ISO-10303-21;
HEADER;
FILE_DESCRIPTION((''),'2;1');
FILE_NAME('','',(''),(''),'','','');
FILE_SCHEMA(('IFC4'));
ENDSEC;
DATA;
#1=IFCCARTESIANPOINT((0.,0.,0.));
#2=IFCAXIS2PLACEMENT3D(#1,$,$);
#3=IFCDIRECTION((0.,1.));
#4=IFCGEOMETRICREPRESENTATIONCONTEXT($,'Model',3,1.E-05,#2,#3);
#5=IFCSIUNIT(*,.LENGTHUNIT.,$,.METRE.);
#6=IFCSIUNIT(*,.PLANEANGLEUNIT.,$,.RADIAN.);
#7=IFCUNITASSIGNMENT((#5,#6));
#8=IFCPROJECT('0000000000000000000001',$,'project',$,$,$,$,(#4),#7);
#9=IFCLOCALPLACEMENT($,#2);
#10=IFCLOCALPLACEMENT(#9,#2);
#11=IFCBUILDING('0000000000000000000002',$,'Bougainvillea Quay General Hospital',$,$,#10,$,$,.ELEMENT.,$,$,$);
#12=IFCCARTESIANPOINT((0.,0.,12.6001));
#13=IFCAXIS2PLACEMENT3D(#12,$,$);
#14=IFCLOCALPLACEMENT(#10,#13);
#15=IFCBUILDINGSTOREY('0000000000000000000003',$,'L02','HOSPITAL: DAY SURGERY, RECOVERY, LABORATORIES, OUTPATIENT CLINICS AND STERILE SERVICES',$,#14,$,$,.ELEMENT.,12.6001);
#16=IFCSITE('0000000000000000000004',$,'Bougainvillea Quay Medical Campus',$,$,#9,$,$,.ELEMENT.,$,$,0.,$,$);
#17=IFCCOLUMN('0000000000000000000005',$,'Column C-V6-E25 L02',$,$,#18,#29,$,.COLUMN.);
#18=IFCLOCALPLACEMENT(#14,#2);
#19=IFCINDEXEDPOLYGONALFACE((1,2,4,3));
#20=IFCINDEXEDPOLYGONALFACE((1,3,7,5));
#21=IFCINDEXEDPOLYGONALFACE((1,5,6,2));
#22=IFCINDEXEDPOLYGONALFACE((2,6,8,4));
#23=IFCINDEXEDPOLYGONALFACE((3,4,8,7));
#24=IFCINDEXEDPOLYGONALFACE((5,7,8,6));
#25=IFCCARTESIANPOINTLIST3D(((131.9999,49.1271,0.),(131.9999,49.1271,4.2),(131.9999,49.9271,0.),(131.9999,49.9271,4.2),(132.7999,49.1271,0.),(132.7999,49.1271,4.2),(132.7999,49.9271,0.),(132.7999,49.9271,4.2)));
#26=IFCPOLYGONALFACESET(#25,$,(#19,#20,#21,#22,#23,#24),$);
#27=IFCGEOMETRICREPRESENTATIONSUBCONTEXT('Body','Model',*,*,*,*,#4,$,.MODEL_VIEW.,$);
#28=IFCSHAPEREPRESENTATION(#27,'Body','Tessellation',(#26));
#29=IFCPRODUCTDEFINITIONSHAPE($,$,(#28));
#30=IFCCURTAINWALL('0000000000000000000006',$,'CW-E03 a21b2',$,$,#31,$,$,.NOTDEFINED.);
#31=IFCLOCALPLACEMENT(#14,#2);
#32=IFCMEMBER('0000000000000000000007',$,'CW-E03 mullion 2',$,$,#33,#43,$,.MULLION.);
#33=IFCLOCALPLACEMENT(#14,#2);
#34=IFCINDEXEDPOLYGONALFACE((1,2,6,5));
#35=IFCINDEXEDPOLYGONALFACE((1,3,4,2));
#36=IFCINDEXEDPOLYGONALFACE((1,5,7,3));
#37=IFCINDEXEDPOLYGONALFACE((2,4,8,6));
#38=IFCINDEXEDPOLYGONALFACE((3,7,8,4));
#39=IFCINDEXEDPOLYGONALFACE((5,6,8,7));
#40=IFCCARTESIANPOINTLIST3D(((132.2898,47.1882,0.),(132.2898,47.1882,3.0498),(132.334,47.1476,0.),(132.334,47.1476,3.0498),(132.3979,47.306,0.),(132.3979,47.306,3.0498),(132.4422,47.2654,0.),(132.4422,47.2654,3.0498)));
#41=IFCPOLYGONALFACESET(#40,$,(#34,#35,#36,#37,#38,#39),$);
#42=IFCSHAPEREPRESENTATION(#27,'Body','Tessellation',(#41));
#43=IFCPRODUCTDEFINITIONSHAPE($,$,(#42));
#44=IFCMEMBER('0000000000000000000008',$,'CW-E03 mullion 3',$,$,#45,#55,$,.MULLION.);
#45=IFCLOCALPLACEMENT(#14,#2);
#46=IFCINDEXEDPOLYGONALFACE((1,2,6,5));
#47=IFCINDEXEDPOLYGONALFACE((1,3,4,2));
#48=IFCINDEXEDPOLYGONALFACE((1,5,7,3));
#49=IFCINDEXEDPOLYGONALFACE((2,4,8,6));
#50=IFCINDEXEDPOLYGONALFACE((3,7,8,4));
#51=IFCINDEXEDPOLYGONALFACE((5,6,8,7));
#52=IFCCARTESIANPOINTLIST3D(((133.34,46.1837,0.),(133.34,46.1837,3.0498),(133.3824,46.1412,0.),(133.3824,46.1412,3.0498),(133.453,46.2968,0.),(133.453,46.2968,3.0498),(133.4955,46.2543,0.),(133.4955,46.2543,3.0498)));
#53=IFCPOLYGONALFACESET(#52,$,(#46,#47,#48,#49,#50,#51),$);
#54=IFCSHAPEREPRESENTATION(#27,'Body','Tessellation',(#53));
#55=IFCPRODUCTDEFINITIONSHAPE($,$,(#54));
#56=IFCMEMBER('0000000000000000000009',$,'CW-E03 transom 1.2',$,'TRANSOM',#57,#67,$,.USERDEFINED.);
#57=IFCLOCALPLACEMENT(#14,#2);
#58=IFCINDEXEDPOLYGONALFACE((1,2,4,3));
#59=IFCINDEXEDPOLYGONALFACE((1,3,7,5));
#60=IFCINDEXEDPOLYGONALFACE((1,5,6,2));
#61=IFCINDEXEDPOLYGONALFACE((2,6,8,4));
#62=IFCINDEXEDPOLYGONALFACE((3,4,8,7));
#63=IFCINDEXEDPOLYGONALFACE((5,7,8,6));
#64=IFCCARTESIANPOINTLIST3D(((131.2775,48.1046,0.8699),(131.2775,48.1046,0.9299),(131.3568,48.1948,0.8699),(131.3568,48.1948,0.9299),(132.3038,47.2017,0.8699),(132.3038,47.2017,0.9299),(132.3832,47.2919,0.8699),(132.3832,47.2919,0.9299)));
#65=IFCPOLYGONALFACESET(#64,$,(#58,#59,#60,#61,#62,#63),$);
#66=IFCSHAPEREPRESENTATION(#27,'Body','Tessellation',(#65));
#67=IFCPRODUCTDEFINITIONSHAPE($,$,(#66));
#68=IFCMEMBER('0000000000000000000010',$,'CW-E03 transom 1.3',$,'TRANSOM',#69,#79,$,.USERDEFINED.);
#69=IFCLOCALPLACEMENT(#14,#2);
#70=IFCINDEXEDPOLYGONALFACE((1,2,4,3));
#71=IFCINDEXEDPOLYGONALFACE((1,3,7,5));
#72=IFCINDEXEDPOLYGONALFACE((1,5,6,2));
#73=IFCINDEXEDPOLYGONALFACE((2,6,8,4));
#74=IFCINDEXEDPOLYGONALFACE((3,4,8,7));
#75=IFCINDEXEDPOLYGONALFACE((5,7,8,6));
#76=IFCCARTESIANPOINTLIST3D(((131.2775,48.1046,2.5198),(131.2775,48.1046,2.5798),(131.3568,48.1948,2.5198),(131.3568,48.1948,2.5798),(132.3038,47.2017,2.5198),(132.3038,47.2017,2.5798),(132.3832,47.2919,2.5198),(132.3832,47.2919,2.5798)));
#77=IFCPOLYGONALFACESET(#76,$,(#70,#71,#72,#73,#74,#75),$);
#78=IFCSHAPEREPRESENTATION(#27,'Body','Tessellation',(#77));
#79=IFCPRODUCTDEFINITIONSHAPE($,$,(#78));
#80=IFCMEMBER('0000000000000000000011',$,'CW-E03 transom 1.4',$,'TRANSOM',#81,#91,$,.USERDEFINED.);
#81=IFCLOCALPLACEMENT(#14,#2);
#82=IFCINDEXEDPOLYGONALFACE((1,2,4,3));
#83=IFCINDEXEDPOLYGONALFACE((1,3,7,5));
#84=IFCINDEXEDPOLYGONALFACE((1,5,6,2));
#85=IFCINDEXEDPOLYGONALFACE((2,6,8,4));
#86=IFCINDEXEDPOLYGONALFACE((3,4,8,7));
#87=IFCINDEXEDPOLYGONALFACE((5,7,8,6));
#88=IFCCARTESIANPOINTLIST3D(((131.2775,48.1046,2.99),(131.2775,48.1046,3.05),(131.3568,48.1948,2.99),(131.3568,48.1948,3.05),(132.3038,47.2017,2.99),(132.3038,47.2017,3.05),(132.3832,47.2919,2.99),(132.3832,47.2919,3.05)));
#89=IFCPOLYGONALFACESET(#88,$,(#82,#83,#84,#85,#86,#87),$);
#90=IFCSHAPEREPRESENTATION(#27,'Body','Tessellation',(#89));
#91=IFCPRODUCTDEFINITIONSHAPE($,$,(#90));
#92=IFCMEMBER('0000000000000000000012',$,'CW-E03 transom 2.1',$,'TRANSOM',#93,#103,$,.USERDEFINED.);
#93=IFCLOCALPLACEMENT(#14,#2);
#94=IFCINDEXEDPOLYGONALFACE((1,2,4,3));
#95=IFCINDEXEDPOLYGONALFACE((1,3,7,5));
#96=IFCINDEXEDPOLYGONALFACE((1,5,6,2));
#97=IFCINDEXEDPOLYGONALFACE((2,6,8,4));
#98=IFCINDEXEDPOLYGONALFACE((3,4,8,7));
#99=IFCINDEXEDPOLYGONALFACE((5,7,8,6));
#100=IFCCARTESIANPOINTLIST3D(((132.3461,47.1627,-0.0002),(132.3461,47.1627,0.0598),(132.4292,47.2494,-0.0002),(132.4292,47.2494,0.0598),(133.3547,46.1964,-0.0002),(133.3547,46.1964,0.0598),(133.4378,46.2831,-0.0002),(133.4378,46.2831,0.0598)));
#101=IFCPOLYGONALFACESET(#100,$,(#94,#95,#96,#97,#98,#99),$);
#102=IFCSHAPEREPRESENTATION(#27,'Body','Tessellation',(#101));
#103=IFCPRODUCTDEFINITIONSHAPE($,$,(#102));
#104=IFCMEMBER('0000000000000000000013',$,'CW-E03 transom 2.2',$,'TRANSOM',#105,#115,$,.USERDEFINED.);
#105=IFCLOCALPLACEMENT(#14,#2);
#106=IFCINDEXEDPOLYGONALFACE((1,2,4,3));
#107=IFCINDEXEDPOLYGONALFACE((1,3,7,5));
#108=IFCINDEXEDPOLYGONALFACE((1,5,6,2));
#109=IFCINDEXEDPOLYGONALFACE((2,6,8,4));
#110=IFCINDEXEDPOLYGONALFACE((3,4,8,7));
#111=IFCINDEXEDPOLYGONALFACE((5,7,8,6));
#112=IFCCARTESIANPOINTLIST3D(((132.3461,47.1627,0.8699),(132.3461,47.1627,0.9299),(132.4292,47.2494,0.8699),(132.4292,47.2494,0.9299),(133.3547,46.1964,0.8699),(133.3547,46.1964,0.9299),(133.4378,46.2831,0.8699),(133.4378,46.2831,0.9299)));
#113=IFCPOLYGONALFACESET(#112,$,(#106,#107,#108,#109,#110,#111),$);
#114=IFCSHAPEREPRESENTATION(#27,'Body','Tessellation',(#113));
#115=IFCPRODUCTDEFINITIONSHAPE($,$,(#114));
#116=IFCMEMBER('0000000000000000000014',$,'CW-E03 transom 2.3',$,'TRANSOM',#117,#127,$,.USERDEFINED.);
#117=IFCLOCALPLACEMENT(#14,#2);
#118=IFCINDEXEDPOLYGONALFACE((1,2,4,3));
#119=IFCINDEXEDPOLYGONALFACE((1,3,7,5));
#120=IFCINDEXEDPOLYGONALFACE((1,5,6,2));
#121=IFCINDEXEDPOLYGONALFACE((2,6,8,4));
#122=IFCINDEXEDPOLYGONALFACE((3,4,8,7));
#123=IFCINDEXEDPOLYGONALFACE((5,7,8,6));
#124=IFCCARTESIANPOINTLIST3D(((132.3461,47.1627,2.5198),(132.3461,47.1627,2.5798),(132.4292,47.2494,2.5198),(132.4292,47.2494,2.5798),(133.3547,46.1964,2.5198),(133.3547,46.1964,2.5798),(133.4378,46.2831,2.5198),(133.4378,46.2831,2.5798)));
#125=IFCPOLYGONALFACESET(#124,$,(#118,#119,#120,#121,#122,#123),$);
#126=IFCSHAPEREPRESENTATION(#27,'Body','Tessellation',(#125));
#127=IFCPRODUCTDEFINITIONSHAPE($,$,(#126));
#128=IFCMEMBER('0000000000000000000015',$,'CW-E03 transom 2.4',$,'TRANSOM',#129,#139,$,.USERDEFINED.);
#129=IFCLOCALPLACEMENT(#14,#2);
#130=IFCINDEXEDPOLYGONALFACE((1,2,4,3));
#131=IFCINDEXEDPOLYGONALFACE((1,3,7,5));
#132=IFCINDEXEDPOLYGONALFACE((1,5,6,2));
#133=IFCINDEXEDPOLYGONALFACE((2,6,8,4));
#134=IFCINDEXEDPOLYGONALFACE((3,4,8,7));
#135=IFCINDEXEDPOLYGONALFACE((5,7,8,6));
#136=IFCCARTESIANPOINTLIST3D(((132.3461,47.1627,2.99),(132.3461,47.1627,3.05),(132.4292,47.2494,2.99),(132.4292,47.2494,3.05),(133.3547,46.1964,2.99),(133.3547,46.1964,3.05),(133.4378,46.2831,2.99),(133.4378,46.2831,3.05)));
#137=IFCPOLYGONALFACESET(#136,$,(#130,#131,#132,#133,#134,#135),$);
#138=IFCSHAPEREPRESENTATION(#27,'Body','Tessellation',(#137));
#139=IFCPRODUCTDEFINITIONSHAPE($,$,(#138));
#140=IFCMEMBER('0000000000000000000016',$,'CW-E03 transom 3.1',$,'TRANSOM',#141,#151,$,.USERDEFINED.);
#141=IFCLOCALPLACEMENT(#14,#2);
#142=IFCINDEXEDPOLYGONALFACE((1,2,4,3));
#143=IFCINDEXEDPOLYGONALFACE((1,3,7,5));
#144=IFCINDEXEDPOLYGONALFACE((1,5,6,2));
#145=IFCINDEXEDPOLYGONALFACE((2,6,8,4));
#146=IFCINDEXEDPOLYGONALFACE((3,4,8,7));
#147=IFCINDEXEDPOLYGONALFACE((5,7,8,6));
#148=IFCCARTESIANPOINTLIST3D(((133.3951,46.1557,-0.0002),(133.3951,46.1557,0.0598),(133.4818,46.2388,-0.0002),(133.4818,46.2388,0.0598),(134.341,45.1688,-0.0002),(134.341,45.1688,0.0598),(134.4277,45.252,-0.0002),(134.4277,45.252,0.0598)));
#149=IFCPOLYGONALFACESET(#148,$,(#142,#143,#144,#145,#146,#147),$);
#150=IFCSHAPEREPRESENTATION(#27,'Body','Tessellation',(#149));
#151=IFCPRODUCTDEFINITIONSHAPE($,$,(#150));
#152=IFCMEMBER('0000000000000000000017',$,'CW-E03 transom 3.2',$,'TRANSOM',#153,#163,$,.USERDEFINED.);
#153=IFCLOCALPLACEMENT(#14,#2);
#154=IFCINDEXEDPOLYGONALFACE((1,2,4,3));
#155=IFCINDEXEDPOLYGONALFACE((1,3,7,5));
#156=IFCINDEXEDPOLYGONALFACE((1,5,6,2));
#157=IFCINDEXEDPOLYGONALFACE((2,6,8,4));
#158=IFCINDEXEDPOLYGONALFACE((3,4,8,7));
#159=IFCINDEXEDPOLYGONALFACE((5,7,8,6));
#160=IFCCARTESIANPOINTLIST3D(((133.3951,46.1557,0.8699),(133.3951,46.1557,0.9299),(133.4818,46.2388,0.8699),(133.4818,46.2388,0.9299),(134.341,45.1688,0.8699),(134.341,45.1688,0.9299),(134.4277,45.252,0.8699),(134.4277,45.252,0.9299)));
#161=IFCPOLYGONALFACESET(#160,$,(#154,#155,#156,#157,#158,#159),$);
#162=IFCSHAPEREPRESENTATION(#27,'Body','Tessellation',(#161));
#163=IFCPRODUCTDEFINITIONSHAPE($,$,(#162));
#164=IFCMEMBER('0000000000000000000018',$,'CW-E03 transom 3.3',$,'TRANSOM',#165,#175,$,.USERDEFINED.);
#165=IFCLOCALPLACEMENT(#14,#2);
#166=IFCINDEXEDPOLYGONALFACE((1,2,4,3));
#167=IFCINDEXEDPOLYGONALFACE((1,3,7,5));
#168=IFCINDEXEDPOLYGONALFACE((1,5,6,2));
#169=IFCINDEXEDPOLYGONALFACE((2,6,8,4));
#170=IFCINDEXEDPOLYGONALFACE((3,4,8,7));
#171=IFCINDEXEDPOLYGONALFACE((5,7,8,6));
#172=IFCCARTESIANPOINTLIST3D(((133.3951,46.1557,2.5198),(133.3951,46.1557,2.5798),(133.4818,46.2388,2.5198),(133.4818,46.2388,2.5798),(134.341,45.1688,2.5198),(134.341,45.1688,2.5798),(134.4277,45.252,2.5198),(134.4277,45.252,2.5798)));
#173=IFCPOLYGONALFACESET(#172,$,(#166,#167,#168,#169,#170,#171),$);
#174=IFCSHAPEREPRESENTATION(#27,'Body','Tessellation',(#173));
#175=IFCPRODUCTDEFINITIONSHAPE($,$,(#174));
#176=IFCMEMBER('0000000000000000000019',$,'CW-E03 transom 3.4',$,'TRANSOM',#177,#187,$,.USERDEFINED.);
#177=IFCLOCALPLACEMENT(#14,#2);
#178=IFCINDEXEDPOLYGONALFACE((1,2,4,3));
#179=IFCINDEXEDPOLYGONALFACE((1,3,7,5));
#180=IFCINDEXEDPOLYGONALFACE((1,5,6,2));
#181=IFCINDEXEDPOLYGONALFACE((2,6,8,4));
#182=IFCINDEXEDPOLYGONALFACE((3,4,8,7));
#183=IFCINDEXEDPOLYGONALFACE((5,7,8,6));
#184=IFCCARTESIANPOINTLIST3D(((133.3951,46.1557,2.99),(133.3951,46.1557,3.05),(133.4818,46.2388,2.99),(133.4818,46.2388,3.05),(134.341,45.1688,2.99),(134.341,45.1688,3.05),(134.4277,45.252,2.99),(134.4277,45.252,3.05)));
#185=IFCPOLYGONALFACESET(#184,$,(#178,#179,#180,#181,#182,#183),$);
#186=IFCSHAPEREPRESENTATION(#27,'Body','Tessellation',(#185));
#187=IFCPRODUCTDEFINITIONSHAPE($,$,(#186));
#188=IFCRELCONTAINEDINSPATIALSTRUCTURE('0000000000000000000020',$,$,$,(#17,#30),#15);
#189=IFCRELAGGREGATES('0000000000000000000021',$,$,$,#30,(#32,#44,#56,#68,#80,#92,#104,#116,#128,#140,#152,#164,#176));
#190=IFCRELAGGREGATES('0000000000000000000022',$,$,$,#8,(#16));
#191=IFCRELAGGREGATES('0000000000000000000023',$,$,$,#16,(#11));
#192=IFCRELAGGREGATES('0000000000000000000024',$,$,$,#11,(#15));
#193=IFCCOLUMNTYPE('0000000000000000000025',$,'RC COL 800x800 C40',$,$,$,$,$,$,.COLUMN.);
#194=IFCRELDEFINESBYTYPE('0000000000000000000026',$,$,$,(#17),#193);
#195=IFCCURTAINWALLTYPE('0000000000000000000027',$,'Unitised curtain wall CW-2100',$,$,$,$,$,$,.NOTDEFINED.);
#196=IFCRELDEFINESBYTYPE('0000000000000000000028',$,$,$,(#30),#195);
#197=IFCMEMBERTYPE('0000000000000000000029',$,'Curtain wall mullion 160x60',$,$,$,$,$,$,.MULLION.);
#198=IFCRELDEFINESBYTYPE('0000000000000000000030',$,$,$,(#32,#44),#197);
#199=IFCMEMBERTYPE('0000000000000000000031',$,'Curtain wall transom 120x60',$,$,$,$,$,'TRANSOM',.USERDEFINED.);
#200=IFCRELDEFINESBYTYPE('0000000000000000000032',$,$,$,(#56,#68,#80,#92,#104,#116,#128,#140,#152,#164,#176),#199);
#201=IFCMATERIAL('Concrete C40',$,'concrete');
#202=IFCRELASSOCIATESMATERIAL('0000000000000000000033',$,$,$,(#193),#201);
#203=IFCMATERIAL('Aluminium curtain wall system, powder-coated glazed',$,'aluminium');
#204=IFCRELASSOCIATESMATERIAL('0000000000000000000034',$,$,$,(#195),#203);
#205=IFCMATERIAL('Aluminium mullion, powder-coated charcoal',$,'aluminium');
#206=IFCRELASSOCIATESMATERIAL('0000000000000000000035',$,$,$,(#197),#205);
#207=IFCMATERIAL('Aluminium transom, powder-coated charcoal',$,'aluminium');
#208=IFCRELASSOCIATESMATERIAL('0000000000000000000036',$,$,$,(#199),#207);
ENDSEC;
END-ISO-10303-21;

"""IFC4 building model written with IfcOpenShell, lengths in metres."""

from ifc_helpers import new_model, si_unit, direction, frame, origin, origin_2d, place, context, subcontext, project, spatial, rectangle, extrude, material, material_profile, profile_set, type_object, element, aggregate, save


model = new_model("IFC4")

# Units and contexts
model_context = context("Model", 3, precision=1e-05, world=origin(), true_north=direction((0.0, 1.0)))
body_context = subcontext(model_context, "Body", "Model", "MODEL_VIEW")
ifc_project = project(units=[si_unit("LENGTHUNIT", "METRE"), si_unit("PLANEANGLEUNIT", "RADIAN")], contexts=[model_context])

# Site, building, storey
site_placement = place(None, origin())
site = spatial("IfcSite", under=ifc_project, at=site_placement, Name="Bougainvillea Quay Medical Campus", CompositionType="ELEMENT", RefElevation=0.0)
building_placement = place(site_placement, origin())
building = spatial("IfcBuilding", under=site, at=building_placement, Name="Bougainvillea Quay General Hospital", CompositionType="ELEMENT")
storey_placement = place(building_placement, frame((0.0, 0.0, 12.6001)))
storey = spatial("IfcBuildingStorey", under=building, at=storey_placement, Name="L02", Description="HOSPITAL: DAY SURGERY, RECOVERY, LABORATORIES, OUTPATIENT CLINICS AND STERILE SERVICES", CompositionType="ELEMENT", Elevation=12.6001)

# Column
ifc_material_1 = material(Name="Concrete C40", Category="concrete")
ifc_material_profile_1 = material_profile(ifc_material_1, rectangle(XDim=0.8, YDim=0.8, at=origin_2d()))
ifc_profile_set_1 = profile_set([ifc_material_profile_1], Name="Concrete C40")
column_type = type_object("IfcColumnType", Name="RC COL 800x800 C40", PredefinedType="COLUMN", material=ifc_profile_set_1)
column_placement = place(storey_placement, frame((132.3999, 49.5271, 0.0), z_axis=(0.0, 0.0, 1.0), x_axis=(1.0, 0.0, 0.0)))
element("IfcColumn", 1, at=column_placement, inside=storey, type_object=column_type, Name="Column C-V6-E25 L02", PredefinedType="COLUMN", context=body_context, shape_type="SweptSolid", body=[
    extrude(rectangle(XDim=0.8, YDim=0.8, at=origin_2d()), origin(), (0.0, 0.0, 1.0), 4.2),
])

# Curtain wall, members
ifc_material_2 = material(Name="Aluminium curtain wall system, powder-coated glazed", Category="aluminium")
curtain_wall_type = type_object("IfcCurtainWallType", Name="Unitised curtain wall CW-2100", PredefinedType="NOTDEFINED", material=ifc_material_2)
curtain_wall_placement = place(storey_placement, origin())
curtain_wall = element("IfcCurtainWall", 2, at=curtain_wall_placement, inside=storey, type_object=curtain_wall_type, Name="CW-E03 a21b2", PredefinedType="NOTDEFINED")
ifc_material_3 = material(Name="Aluminium mullion, powder-coated charcoal", Category="aluminium")
ifc_material_profile_2 = material_profile(ifc_material_3, rectangle(XDim=0.1599, YDim=0.0601, at=origin_2d()))
ifc_profile_set_2 = profile_set([ifc_material_profile_2], Name="Aluminium mullion, powder-coated charcoal")
member_type_1 = type_object("IfcMemberType", Name="Curtain wall mullion 160x60", PredefinedType="MULLION", material=ifc_profile_set_2)
member_1_placement = place(storey_placement, frame((132.366, 47.2268, 0.0), z_axis=(0.0, 0.0, 1.0), x_axis=(0.676379, 0.736554, 0.0)))
member_1 = element("IfcMember", 3, at=member_1_placement, type_object=member_type_1, Name="CW-E03 mullion 2", PredefinedType="MULLION", context=body_context, shape_type="SweptSolid", body=[
    extrude(rectangle(XDim=0.1599, YDim=0.0601, at=origin_2d()), origin(), (0.0, 0.0, 1.0), 3.0498),
])
member_2_placement = place(storey_placement, frame((133.4177, 46.219, 0.0), z_axis=(0.0, 0.0, 1.0), x_axis=(0.70709, 0.707123, 0.0)))
member_2 = element("IfcMember", 4, at=member_2_placement, type_object=member_type_1, Name="CW-E03 mullion 3", PredefinedType="MULLION", context=body_context, shape_type="SweptSolid", body=[
    extrude(rectangle(XDim=0.1599, YDim=0.0601, at=origin_2d()), origin(), (0.0, 0.0, 1.0), 3.0498),
])
ifc_material_4 = material(Name="Aluminium transom, powder-coated charcoal", Category="aluminium")
ifc_material_profile_3 = material_profile(ifc_material_4, rectangle(XDim=0.1201, YDim=0.0601, at=origin_2d()))
ifc_profile_set_3 = profile_set([ifc_material_profile_3], Name="Aluminium transom, powder-coated charcoal")
member_type_2 = type_object("IfcMemberType", Name="Curtain wall transom 120x60", ElementType="TRANSOM", PredefinedType="USERDEFINED", material=ifc_profile_set_3)
member_3_placement = place(storey_placement, frame((131.3171, 48.1497, 0.8999), z_axis=(0.750848, -0.660475, 0.0), x_axis=(0.660475, 0.750848, 0.0)))
member_3 = element("IfcMember", 5, at=member_3_placement, type_object=member_type_2, Name="CW-E03 transom 1.2", ObjectType="TRANSOM", PredefinedType="USERDEFINED", context=body_context, shape_type="SweptSolid", body=[
    extrude(rectangle(XDim=0.1201, YDim=0.0601, at=origin_2d()), origin(), (0.0, 0.0, 1.0), 1.3669),
])
member_4_placement = place(storey_placement, frame((131.3171, 48.1497, 2.5498), z_axis=(0.750848, -0.660475, 0.0), x_axis=(0.660475, 0.750848, 0.0)))
member_4 = element("IfcMember", 6, at=member_4_placement, type_object=member_type_2, Name="CW-E03 transom 1.3", ObjectType="TRANSOM", PredefinedType="USERDEFINED", context=body_context, shape_type="SweptSolid", body=[
    extrude(rectangle(XDim=0.1201, YDim=0.0601, at=origin_2d()), origin(), (0.0, 0.0, 1.0), 1.3669),
])
member_5_placement = place(storey_placement, frame((131.3171, 48.1497, 3.02), z_axis=(0.750848, -0.660475, 0.0), x_axis=(0.660475, 0.750848, 0.0)))
member_5 = element("IfcMember", 7, at=member_5_placement, type_object=member_type_2, Name="CW-E03 transom 1.4", ObjectType="TRANSOM", PredefinedType="USERDEFINED", context=body_context, shape_type="SweptSolid", body=[
    extrude(rectangle(XDim=0.1201, YDim=0.0601, at=origin_2d()), origin(), (0.0, 0.0, 1.0), 1.3669),
])
member_6_placement = place(storey_placement, frame((132.3877, 47.2061, 0.0298), z_axis=(0.722065, -0.691826, 0.0), x_axis=(0.691826, 0.722065, 0.0)))
member_6 = element("IfcMember", 8, at=member_6_placement, type_object=member_type_2, Name="CW-E03 transom 2.1", ObjectType="TRANSOM", PredefinedType="USERDEFINED", context=body_context, shape_type="SweptSolid", body=[
    extrude(rectangle(XDim=0.1201, YDim=0.0601, at=origin_2d()), origin(), (0.0, 0.0, 1.0), 1.3967),
])
member_7_placement = place(storey_placement, frame((132.3877, 47.2061, 0.8999), z_axis=(0.722065, -0.691826, 0.0), x_axis=(0.691826, 0.722065, 0.0)))
member_7 = element("IfcMember", 9, at=member_7_placement, type_object=member_type_2, Name="CW-E03 transom 2.2", ObjectType="TRANSOM", PredefinedType="USERDEFINED", context=body_context, shape_type="SweptSolid", body=[
    extrude(rectangle(XDim=0.1201, YDim=0.0601, at=origin_2d()), origin(), (0.0, 0.0, 1.0), 1.3967),
])
member_8_placement = place(storey_placement, frame((132.3877, 47.2061, 2.5498), z_axis=(0.722065, -0.691826, 0.0), x_axis=(0.691826, 0.722065, 0.0)))
member_8 = element("IfcMember", 10, at=member_8_placement, type_object=member_type_2, Name="CW-E03 transom 2.3", ObjectType="TRANSOM", PredefinedType="USERDEFINED", context=body_context, shape_type="SweptSolid", body=[
    extrude(rectangle(XDim=0.1201, YDim=0.0601, at=origin_2d()), origin(), (0.0, 0.0, 1.0), 1.3967),
])
member_9_placement = place(storey_placement, frame((132.3877, 47.2061, 3.02), z_axis=(0.722065, -0.691826, 0.0), x_axis=(0.691826, 0.722065, 0.0)))
member_9 = element("IfcMember", 11, at=member_9_placement, type_object=member_type_2, Name="CW-E03 transom 2.4", ObjectType="TRANSOM", PredefinedType="USERDEFINED", context=body_context, shape_type="SweptSolid", body=[
    extrude(rectangle(XDim=0.1201, YDim=0.0601, at=origin_2d()), origin(), (0.0, 0.0, 1.0), 1.3967),
])
member_10_placement = place(storey_placement, frame((133.4385, 46.1973, 0.0298), z_axis=(0.691944, -0.721951, 0.0), x_axis=(0.721951, 0.691944, 0.0)))
member_10 = element("IfcMember", 12, at=member_10_placement, type_object=member_type_2, Name="CW-E03 transom 3.1", ObjectType="TRANSOM", PredefinedType="USERDEFINED", context=body_context, shape_type="SweptSolid", body=[
    extrude(rectangle(XDim=0.1201, YDim=0.0601, at=origin_2d()), origin(), (0.0, 0.0, 1.0), 1.3669),
])
member_11_placement = place(storey_placement, frame((133.4385, 46.1973, 0.8999), z_axis=(0.691944, -0.721951, 0.0), x_axis=(0.721951, 0.691944, 0.0)))
member_11 = element("IfcMember", 13, at=member_11_placement, type_object=member_type_2, Name="CW-E03 transom 3.2", ObjectType="TRANSOM", PredefinedType="USERDEFINED", context=body_context, shape_type="SweptSolid", body=[
    extrude(rectangle(XDim=0.1201, YDim=0.0601, at=origin_2d()), origin(), (0.0, 0.0, 1.0), 1.3669),
])
member_12_placement = place(storey_placement, frame((133.4385, 46.1973, 2.5498), z_axis=(0.691944, -0.721951, 0.0), x_axis=(0.721951, 0.691944, 0.0)))
member_12 = element("IfcMember", 14, at=member_12_placement, type_object=member_type_2, Name="CW-E03 transom 3.3", ObjectType="TRANSOM", PredefinedType="USERDEFINED", context=body_context, shape_type="SweptSolid", body=[
    extrude(rectangle(XDim=0.1201, YDim=0.0601, at=origin_2d()), origin(), (0.0, 0.0, 1.0), 1.3669),
])
member_13_placement = place(storey_placement, frame((133.4385, 46.1973, 3.02), z_axis=(0.691944, -0.721951, 0.0), x_axis=(0.721951, 0.691944, 0.0)))
member_13 = element("IfcMember", 15, at=member_13_placement, type_object=member_type_2, Name="CW-E03 transom 3.4", ObjectType="TRANSOM", PredefinedType="USERDEFINED", context=body_context, shape_type="SweptSolid", body=[
    extrude(rectangle(XDim=0.1201, YDim=0.0601, at=origin_2d()), origin(), (0.0, 0.0, 1.0), 1.3669),
])
aggregate(curtain_wall, [member_1, member_2, member_3, member_4, member_5, member_6, member_7, member_8, member_9, member_10, member_11, member_12, member_13])

save(model, "model.ifc")
